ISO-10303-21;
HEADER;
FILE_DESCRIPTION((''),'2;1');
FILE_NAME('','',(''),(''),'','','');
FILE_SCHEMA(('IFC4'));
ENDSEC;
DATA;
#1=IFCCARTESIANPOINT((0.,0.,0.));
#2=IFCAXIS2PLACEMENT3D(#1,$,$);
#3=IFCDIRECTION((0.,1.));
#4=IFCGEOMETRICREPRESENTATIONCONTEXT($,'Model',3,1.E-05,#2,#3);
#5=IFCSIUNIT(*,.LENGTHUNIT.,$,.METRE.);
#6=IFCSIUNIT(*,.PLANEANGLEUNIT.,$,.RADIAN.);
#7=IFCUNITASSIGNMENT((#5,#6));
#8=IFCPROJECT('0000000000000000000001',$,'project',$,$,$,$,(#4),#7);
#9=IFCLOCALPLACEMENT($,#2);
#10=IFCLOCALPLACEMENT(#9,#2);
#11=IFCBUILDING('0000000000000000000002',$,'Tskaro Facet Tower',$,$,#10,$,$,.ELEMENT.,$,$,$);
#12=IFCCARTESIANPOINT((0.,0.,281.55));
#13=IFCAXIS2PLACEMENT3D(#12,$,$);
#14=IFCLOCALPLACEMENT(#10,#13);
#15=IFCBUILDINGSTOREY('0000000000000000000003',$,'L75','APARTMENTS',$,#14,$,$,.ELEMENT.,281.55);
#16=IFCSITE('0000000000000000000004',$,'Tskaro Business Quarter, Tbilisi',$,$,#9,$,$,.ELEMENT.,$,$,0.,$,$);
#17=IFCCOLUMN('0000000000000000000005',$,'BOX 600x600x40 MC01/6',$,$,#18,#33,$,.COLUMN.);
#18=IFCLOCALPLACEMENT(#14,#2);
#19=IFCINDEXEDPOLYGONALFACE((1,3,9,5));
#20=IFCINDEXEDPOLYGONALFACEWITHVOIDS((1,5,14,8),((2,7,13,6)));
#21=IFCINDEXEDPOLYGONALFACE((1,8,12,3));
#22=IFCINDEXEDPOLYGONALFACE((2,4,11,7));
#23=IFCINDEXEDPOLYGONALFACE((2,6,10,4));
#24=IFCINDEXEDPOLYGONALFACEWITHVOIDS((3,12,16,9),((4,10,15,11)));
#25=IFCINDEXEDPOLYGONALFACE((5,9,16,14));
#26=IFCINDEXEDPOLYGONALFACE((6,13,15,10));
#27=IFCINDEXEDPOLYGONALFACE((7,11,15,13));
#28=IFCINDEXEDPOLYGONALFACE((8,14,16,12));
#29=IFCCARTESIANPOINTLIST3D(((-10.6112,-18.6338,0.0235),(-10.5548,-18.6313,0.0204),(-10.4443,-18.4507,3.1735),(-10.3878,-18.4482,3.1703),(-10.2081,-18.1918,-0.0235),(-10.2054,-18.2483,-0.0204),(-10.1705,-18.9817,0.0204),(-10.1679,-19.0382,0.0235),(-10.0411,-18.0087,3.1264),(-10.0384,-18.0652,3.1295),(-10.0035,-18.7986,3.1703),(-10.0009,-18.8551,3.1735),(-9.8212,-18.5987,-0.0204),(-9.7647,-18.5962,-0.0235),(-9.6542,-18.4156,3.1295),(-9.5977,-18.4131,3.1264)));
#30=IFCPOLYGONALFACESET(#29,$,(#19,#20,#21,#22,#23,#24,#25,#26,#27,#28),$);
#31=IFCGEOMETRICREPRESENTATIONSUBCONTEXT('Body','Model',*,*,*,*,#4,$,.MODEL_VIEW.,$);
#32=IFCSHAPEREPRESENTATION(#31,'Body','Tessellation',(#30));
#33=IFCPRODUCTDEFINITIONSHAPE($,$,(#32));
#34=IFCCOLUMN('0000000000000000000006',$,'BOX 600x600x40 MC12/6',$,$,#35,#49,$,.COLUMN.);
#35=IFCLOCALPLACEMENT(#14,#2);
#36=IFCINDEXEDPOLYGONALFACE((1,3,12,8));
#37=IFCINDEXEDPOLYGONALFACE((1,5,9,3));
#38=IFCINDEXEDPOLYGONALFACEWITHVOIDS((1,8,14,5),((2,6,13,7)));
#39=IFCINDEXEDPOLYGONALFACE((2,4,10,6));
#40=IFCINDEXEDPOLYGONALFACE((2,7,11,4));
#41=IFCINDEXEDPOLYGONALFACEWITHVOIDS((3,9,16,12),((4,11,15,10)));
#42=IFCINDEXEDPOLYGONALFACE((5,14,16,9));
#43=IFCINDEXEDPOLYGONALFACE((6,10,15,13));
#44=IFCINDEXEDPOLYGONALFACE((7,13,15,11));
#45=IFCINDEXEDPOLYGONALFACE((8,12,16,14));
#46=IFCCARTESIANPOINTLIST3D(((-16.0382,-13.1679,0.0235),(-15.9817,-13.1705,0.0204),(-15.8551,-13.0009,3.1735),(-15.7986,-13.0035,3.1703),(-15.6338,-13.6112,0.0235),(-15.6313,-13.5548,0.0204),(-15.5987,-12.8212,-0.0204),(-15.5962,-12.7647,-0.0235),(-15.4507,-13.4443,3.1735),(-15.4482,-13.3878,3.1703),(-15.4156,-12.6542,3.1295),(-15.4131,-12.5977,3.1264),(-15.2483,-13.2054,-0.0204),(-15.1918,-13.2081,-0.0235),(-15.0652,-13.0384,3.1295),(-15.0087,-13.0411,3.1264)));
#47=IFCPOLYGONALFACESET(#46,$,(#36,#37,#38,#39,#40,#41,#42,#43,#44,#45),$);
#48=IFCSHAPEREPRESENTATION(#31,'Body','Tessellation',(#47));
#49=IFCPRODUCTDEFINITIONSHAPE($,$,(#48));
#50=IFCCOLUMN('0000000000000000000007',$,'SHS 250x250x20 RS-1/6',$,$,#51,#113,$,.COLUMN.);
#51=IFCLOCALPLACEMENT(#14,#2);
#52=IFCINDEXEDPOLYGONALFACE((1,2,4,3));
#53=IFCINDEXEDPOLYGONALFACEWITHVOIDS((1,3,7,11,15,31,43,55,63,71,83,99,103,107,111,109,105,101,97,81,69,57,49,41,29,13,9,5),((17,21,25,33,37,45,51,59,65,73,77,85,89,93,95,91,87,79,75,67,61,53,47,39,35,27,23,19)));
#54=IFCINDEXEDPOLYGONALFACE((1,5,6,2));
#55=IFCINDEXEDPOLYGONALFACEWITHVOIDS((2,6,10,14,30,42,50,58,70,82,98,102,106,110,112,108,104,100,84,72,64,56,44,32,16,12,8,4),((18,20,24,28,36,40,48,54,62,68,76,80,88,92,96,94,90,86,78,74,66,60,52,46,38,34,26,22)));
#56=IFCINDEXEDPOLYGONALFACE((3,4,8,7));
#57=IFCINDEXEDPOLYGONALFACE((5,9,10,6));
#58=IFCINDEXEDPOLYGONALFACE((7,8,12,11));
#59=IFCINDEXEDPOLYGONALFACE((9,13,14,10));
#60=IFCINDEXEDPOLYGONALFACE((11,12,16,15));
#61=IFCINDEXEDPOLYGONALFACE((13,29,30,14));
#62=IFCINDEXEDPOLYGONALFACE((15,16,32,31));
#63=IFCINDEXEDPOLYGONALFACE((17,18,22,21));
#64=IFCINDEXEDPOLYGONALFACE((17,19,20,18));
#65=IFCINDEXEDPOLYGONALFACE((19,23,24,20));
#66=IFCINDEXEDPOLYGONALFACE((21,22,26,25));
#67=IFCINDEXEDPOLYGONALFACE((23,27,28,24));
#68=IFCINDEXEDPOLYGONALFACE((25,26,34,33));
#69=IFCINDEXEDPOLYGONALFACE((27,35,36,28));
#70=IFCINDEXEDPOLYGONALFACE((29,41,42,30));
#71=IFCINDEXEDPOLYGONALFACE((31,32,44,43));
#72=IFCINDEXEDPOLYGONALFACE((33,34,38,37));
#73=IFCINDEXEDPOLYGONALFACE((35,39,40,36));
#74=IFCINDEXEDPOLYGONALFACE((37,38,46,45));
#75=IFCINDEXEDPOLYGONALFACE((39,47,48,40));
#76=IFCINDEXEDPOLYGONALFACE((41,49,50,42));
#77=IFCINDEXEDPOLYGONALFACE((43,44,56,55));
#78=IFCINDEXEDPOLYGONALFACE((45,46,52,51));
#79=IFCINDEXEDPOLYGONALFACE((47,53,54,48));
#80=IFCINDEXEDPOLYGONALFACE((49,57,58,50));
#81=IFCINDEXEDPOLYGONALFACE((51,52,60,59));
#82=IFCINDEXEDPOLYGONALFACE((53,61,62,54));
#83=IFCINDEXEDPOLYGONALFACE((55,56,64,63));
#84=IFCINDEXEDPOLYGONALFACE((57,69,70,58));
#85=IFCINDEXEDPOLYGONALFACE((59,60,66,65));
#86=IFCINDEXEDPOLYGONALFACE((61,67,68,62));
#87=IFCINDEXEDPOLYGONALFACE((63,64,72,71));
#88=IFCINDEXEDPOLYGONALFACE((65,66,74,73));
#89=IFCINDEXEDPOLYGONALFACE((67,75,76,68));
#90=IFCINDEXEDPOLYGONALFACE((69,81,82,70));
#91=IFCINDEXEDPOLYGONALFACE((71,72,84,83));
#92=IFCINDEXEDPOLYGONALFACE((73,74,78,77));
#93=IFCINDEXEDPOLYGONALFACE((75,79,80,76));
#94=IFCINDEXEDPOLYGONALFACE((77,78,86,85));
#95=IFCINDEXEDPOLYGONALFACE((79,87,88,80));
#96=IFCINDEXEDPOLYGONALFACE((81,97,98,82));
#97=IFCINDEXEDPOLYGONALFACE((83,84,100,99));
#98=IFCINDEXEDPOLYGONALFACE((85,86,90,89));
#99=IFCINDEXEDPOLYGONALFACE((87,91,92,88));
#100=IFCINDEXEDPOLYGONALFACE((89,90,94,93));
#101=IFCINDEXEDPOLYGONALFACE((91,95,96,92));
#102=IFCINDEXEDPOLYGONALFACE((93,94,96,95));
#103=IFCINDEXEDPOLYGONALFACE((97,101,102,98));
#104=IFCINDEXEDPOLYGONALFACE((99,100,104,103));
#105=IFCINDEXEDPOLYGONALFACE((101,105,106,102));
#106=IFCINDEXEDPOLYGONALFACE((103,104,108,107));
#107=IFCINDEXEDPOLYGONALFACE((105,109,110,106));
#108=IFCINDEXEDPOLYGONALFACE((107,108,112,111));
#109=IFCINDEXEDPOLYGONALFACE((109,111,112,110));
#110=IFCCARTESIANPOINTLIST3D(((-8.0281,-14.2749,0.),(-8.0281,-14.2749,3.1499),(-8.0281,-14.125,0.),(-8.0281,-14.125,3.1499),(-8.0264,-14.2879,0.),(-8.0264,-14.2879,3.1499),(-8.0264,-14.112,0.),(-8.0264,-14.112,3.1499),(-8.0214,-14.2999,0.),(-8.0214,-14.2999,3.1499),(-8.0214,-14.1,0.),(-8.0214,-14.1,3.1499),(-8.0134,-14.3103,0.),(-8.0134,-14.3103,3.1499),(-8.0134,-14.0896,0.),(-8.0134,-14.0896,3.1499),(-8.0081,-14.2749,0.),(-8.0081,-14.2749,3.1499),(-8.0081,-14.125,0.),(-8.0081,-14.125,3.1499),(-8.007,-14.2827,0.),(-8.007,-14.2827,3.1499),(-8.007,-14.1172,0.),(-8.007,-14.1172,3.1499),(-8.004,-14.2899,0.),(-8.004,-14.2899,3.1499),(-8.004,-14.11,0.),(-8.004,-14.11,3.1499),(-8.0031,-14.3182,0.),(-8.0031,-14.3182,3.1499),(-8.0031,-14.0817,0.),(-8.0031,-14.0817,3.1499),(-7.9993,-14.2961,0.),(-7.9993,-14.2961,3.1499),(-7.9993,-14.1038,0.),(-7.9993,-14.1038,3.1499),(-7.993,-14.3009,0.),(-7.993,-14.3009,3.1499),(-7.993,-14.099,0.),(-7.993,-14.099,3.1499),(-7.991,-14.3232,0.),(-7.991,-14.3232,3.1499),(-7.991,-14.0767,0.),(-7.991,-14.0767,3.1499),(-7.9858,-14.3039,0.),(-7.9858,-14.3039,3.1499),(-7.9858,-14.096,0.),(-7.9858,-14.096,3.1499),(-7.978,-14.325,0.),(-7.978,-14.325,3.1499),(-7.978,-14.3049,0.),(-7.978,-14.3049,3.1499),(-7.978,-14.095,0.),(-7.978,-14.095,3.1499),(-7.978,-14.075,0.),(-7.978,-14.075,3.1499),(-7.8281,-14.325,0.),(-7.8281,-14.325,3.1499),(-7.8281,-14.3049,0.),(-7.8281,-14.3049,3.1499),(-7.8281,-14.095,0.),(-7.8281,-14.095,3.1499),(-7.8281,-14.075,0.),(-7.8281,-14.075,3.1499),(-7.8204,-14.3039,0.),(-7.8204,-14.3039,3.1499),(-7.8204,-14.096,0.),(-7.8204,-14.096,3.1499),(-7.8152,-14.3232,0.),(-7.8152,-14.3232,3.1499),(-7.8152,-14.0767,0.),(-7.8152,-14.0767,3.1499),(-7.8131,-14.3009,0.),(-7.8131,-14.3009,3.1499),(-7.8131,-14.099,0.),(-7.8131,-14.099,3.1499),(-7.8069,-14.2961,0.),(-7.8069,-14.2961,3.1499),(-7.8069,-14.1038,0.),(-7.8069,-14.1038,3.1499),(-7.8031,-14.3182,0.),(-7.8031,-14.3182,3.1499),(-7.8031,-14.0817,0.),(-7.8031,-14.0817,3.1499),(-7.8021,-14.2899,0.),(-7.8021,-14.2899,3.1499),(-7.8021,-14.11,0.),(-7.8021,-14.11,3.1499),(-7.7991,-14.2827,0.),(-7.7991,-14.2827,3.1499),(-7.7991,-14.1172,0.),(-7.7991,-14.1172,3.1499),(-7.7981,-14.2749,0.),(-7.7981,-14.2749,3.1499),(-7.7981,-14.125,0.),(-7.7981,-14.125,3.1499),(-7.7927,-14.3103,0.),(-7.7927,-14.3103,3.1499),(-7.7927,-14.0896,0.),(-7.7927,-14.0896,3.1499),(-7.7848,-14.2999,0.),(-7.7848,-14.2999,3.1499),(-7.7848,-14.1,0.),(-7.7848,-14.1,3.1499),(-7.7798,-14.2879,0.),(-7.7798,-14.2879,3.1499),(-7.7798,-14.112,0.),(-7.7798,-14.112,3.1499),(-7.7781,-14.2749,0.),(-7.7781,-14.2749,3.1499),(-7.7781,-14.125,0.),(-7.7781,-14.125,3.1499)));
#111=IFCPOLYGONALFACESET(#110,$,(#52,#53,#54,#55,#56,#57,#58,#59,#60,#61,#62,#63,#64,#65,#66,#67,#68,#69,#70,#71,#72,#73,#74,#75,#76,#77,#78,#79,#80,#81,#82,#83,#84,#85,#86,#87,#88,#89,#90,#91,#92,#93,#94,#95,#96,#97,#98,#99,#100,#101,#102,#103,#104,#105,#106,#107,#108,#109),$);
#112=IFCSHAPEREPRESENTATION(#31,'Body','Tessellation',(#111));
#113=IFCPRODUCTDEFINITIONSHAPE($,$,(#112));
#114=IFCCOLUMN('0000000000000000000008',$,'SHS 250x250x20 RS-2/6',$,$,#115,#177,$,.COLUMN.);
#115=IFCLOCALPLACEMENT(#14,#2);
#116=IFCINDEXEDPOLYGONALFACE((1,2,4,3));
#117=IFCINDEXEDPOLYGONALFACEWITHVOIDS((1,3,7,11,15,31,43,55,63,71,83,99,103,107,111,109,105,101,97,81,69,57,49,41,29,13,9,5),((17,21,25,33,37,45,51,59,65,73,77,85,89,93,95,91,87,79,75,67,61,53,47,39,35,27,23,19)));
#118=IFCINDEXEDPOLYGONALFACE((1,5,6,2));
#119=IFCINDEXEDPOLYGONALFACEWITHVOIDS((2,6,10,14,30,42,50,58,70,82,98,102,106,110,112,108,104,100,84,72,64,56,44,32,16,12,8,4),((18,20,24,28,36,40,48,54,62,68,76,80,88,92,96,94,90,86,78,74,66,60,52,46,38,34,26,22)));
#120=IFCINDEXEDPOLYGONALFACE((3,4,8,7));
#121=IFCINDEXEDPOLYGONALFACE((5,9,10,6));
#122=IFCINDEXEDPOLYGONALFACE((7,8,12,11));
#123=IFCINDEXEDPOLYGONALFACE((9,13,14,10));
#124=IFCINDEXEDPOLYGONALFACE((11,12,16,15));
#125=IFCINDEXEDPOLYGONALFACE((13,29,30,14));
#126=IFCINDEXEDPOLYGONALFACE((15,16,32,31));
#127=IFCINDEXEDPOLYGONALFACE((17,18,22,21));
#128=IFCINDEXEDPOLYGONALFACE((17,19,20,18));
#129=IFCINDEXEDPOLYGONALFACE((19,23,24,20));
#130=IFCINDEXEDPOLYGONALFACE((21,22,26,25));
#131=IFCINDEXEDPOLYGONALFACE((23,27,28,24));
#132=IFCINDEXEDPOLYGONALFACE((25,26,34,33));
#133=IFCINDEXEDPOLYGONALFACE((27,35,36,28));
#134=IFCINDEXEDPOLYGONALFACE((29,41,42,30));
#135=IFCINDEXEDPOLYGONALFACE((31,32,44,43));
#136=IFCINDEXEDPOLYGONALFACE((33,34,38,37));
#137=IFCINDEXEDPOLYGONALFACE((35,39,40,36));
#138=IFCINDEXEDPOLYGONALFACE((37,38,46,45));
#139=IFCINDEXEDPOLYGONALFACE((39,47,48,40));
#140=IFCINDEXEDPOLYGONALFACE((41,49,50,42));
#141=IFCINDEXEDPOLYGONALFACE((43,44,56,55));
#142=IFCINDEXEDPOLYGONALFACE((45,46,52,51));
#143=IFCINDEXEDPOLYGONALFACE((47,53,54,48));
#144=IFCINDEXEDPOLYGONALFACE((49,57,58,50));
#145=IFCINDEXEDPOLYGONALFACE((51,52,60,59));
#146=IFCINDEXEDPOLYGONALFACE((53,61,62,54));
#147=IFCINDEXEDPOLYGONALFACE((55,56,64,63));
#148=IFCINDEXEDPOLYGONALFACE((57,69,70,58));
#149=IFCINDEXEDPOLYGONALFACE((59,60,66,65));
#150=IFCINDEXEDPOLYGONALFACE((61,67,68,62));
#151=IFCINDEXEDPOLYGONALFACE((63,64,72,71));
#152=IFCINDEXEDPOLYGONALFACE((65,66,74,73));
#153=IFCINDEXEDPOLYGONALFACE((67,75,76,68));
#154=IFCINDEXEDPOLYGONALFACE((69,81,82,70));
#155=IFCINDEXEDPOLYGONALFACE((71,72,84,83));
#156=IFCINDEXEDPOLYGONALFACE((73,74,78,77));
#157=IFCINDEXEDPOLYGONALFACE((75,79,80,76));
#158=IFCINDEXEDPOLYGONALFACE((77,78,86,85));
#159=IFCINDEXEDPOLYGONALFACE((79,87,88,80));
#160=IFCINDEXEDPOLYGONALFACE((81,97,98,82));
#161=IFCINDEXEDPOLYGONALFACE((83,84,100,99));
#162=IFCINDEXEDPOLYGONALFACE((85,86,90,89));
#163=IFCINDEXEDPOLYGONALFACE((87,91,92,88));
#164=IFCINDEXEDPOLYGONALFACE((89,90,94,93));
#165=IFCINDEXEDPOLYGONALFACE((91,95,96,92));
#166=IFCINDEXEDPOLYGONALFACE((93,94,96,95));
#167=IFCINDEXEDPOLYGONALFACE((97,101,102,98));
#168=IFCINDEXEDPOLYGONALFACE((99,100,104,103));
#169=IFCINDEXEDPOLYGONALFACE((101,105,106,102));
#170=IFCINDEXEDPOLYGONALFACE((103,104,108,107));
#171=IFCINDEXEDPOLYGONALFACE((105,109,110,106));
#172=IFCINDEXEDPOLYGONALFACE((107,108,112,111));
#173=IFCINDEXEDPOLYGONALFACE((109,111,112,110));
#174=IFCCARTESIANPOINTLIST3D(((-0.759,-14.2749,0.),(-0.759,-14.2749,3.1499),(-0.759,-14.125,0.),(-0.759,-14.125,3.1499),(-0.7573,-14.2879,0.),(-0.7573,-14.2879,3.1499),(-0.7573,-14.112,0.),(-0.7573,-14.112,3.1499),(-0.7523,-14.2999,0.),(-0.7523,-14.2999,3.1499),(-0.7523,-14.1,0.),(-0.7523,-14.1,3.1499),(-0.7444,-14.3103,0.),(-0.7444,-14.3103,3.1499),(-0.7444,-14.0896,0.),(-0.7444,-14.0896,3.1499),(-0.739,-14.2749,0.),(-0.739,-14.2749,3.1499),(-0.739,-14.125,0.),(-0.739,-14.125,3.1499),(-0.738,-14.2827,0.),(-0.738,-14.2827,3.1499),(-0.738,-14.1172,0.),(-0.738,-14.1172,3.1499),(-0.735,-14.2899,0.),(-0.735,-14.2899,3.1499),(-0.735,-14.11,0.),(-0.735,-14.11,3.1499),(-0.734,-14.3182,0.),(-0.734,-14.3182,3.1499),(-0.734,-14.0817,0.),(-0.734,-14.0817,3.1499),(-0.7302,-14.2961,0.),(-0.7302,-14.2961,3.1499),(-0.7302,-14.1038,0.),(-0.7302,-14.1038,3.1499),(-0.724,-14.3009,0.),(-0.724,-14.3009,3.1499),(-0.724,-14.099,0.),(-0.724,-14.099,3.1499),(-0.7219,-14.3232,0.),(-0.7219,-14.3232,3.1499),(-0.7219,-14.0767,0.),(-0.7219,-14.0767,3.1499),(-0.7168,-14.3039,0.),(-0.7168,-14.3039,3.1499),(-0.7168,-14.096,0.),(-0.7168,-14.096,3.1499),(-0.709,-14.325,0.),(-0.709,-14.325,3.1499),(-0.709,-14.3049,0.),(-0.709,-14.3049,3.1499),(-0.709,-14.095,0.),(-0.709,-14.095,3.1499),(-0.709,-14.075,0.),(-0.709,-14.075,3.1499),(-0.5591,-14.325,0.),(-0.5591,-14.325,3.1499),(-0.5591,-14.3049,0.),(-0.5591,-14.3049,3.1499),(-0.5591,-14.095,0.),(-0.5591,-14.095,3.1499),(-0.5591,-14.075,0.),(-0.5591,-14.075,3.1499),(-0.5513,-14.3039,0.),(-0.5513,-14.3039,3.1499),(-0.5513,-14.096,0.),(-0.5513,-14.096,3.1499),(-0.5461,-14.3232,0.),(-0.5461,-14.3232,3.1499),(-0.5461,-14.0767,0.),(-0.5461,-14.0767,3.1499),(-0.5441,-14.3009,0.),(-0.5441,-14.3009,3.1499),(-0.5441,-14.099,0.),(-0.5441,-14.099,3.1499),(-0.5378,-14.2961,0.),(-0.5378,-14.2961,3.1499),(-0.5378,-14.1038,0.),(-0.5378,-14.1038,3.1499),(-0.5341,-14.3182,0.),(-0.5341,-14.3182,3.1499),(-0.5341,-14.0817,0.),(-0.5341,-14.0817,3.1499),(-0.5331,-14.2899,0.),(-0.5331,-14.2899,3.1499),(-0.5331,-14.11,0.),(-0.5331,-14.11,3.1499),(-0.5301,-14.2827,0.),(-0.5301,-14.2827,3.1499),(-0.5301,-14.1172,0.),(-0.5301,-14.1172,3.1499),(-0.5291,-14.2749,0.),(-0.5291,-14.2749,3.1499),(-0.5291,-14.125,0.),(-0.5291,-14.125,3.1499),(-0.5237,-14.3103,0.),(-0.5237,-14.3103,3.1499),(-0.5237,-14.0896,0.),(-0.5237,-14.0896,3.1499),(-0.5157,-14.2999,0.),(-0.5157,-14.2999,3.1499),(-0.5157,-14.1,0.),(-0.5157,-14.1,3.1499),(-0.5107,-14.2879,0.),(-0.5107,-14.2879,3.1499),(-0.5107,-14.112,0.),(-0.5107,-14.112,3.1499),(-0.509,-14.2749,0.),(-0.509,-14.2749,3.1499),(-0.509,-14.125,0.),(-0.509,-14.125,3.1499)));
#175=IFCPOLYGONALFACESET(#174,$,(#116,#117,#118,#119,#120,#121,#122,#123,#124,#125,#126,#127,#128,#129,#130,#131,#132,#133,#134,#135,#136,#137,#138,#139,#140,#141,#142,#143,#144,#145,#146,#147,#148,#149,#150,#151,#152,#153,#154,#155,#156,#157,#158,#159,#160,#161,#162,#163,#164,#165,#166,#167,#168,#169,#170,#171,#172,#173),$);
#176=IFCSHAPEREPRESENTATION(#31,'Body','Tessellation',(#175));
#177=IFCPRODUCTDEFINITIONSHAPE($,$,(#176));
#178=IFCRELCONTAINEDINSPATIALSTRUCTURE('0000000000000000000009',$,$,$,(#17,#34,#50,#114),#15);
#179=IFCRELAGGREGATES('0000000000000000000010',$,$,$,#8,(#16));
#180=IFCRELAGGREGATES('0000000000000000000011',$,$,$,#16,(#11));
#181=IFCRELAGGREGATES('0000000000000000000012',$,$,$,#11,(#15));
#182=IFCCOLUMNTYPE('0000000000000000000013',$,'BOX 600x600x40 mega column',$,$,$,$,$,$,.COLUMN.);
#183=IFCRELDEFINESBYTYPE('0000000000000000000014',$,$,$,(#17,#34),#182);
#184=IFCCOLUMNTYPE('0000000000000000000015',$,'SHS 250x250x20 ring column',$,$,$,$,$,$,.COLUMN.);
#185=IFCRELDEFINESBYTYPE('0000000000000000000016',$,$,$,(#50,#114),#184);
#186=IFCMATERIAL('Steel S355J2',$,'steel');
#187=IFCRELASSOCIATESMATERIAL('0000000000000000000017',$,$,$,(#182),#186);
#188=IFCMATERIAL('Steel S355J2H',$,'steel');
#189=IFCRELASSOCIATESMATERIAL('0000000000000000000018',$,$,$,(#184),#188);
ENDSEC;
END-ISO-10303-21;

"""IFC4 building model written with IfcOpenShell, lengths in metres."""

from ifc_helpers import new_model, si_unit, direction, frame, origin, origin_2d, place, context, subcontext, project, spatial, hollow_rectangle, extrude, material, material_profile, profile_set, type_object, element, save


model = new_model("IFC4")

# Units and contexts
model_context = context("Model", 3, precision=1e-05, world=origin(), true_north=direction((0.0, 1.0)))
body_context = subcontext(model_context, "Body", "Model", "MODEL_VIEW")
ifc_project = project(units=[si_unit("LENGTHUNIT", "METRE"), si_unit("PLANEANGLEUNIT", "RADIAN")], contexts=[model_context])

# Site, building, storey
site_placement = place(None, origin())
site = spatial("IfcSite", under=ifc_project, at=site_placement, Name="Tskaro Business Quarter, Tbilisi", CompositionType="ELEMENT", RefElevation=0.0)
building_placement = place(site_placement, origin())
building = spatial("IfcBuilding", under=site, at=building_placement, Name="Tskaro Facet Tower", CompositionType="ELEMENT")
storey_placement = place(building_placement, frame((0.0, 0.0, 281.55)))
storey = spatial("IfcBuildingStorey", under=building, at=storey_placement, Name="L75", Description="APARTMENTS", CompositionType="ELEMENT", Elevation=281.55)

# Columns
ifc_material_1 = material(Name="Steel S355J2", Category="steel")
ifc_material_profile_1 = material_profile(ifc_material_1, hollow_rectangle(XDim=0.6001, YDim=0.6001, WallThickness=0.04, at=origin_2d()), Name="BOX 600x600x40")
ifc_profile_set_1 = profile_set([ifc_material_profile_1], Name="Steel S355J2")
column_type_1 = type_object("IfcColumnType", Name="BOX 600x600x40 mega column", PredefinedType="COLUMN", material=ifc_profile_set_1)
for number, where, z_axis, x_axis, name in (
    (1, (-10.188, -18.615, 0.0), (0.052852, 0.057951, 0.996919), (-0.738869, 0.673849, 0.0), "BOX 600x600x40 MC01/6"),
    (2, (-15.615, -13.188, 0.0), (0.057951, 0.052852, 0.996919), (-0.673849, 0.738869, 0.0), "BOX 600x600x40 MC12/6"),
):
    element("IfcColumn", number, at=place(storey_placement, frame(where, z_axis=z_axis, x_axis=x_axis)), inside=storey, type_object=column_type_1, Name=name, PredefinedType="COLUMN", context=body_context, shape_type="SweptSolid", body=[
        extrude(hollow_rectangle(XDim=0.6001, YDim=0.6001, WallThickness=0.04, at=origin_2d()), origin(), (0.0, 0.0, 1.0), 3.1597),
    ])
ifc_material_2 = material(Name="Steel S355J2H", Category="steel")
ifc_material_profile_2 = material_profile(ifc_material_2, hollow_rectangle(XDim=0.25, YDim=0.25, WallThickness=0.02, InnerFilletRadius=0.03, OuterFilletRadius=0.05, at=origin_2d()), Name="SHS 250x250x20")
ifc_profile_set_2 = profile_set([ifc_material_profile_2], Name="Steel S355J2H")
column_type_2 = type_object("IfcColumnType", Name="SHS 250x250x20 ring column", PredefinedType="COLUMN", material=ifc_profile_set_2)
for number, where, z_axis, x_axis, name in (
    (3, (-7.9031, -14.2, 0.0), (0.0, 0.0, 1.0), (1.0, 0.0, 0.0), "SHS 250x250x20 RS-1/6"),
    (4, (-0.634, -14.2, 0.0), (0.0, 0.0, 1.0), (1.0, 0.0, 0.0), "SHS 250x250x20 RS-2/6"),
):
    element("IfcColumn", number, at=place(storey_placement, frame(where, z_axis=z_axis, x_axis=x_axis)), inside=storey, type_object=column_type_2, Name=name, PredefinedType="COLUMN", context=body_context, shape_type="SweptSolid", body=[
        extrude(hollow_rectangle(XDim=0.25, YDim=0.25, WallThickness=0.02, InnerFilletRadius=0.03, OuterFilletRadius=0.05, at=origin_2d()), origin(), (0.0, 0.0, 1.0), 3.1499),
    ])

save(model, "model.ifc")
